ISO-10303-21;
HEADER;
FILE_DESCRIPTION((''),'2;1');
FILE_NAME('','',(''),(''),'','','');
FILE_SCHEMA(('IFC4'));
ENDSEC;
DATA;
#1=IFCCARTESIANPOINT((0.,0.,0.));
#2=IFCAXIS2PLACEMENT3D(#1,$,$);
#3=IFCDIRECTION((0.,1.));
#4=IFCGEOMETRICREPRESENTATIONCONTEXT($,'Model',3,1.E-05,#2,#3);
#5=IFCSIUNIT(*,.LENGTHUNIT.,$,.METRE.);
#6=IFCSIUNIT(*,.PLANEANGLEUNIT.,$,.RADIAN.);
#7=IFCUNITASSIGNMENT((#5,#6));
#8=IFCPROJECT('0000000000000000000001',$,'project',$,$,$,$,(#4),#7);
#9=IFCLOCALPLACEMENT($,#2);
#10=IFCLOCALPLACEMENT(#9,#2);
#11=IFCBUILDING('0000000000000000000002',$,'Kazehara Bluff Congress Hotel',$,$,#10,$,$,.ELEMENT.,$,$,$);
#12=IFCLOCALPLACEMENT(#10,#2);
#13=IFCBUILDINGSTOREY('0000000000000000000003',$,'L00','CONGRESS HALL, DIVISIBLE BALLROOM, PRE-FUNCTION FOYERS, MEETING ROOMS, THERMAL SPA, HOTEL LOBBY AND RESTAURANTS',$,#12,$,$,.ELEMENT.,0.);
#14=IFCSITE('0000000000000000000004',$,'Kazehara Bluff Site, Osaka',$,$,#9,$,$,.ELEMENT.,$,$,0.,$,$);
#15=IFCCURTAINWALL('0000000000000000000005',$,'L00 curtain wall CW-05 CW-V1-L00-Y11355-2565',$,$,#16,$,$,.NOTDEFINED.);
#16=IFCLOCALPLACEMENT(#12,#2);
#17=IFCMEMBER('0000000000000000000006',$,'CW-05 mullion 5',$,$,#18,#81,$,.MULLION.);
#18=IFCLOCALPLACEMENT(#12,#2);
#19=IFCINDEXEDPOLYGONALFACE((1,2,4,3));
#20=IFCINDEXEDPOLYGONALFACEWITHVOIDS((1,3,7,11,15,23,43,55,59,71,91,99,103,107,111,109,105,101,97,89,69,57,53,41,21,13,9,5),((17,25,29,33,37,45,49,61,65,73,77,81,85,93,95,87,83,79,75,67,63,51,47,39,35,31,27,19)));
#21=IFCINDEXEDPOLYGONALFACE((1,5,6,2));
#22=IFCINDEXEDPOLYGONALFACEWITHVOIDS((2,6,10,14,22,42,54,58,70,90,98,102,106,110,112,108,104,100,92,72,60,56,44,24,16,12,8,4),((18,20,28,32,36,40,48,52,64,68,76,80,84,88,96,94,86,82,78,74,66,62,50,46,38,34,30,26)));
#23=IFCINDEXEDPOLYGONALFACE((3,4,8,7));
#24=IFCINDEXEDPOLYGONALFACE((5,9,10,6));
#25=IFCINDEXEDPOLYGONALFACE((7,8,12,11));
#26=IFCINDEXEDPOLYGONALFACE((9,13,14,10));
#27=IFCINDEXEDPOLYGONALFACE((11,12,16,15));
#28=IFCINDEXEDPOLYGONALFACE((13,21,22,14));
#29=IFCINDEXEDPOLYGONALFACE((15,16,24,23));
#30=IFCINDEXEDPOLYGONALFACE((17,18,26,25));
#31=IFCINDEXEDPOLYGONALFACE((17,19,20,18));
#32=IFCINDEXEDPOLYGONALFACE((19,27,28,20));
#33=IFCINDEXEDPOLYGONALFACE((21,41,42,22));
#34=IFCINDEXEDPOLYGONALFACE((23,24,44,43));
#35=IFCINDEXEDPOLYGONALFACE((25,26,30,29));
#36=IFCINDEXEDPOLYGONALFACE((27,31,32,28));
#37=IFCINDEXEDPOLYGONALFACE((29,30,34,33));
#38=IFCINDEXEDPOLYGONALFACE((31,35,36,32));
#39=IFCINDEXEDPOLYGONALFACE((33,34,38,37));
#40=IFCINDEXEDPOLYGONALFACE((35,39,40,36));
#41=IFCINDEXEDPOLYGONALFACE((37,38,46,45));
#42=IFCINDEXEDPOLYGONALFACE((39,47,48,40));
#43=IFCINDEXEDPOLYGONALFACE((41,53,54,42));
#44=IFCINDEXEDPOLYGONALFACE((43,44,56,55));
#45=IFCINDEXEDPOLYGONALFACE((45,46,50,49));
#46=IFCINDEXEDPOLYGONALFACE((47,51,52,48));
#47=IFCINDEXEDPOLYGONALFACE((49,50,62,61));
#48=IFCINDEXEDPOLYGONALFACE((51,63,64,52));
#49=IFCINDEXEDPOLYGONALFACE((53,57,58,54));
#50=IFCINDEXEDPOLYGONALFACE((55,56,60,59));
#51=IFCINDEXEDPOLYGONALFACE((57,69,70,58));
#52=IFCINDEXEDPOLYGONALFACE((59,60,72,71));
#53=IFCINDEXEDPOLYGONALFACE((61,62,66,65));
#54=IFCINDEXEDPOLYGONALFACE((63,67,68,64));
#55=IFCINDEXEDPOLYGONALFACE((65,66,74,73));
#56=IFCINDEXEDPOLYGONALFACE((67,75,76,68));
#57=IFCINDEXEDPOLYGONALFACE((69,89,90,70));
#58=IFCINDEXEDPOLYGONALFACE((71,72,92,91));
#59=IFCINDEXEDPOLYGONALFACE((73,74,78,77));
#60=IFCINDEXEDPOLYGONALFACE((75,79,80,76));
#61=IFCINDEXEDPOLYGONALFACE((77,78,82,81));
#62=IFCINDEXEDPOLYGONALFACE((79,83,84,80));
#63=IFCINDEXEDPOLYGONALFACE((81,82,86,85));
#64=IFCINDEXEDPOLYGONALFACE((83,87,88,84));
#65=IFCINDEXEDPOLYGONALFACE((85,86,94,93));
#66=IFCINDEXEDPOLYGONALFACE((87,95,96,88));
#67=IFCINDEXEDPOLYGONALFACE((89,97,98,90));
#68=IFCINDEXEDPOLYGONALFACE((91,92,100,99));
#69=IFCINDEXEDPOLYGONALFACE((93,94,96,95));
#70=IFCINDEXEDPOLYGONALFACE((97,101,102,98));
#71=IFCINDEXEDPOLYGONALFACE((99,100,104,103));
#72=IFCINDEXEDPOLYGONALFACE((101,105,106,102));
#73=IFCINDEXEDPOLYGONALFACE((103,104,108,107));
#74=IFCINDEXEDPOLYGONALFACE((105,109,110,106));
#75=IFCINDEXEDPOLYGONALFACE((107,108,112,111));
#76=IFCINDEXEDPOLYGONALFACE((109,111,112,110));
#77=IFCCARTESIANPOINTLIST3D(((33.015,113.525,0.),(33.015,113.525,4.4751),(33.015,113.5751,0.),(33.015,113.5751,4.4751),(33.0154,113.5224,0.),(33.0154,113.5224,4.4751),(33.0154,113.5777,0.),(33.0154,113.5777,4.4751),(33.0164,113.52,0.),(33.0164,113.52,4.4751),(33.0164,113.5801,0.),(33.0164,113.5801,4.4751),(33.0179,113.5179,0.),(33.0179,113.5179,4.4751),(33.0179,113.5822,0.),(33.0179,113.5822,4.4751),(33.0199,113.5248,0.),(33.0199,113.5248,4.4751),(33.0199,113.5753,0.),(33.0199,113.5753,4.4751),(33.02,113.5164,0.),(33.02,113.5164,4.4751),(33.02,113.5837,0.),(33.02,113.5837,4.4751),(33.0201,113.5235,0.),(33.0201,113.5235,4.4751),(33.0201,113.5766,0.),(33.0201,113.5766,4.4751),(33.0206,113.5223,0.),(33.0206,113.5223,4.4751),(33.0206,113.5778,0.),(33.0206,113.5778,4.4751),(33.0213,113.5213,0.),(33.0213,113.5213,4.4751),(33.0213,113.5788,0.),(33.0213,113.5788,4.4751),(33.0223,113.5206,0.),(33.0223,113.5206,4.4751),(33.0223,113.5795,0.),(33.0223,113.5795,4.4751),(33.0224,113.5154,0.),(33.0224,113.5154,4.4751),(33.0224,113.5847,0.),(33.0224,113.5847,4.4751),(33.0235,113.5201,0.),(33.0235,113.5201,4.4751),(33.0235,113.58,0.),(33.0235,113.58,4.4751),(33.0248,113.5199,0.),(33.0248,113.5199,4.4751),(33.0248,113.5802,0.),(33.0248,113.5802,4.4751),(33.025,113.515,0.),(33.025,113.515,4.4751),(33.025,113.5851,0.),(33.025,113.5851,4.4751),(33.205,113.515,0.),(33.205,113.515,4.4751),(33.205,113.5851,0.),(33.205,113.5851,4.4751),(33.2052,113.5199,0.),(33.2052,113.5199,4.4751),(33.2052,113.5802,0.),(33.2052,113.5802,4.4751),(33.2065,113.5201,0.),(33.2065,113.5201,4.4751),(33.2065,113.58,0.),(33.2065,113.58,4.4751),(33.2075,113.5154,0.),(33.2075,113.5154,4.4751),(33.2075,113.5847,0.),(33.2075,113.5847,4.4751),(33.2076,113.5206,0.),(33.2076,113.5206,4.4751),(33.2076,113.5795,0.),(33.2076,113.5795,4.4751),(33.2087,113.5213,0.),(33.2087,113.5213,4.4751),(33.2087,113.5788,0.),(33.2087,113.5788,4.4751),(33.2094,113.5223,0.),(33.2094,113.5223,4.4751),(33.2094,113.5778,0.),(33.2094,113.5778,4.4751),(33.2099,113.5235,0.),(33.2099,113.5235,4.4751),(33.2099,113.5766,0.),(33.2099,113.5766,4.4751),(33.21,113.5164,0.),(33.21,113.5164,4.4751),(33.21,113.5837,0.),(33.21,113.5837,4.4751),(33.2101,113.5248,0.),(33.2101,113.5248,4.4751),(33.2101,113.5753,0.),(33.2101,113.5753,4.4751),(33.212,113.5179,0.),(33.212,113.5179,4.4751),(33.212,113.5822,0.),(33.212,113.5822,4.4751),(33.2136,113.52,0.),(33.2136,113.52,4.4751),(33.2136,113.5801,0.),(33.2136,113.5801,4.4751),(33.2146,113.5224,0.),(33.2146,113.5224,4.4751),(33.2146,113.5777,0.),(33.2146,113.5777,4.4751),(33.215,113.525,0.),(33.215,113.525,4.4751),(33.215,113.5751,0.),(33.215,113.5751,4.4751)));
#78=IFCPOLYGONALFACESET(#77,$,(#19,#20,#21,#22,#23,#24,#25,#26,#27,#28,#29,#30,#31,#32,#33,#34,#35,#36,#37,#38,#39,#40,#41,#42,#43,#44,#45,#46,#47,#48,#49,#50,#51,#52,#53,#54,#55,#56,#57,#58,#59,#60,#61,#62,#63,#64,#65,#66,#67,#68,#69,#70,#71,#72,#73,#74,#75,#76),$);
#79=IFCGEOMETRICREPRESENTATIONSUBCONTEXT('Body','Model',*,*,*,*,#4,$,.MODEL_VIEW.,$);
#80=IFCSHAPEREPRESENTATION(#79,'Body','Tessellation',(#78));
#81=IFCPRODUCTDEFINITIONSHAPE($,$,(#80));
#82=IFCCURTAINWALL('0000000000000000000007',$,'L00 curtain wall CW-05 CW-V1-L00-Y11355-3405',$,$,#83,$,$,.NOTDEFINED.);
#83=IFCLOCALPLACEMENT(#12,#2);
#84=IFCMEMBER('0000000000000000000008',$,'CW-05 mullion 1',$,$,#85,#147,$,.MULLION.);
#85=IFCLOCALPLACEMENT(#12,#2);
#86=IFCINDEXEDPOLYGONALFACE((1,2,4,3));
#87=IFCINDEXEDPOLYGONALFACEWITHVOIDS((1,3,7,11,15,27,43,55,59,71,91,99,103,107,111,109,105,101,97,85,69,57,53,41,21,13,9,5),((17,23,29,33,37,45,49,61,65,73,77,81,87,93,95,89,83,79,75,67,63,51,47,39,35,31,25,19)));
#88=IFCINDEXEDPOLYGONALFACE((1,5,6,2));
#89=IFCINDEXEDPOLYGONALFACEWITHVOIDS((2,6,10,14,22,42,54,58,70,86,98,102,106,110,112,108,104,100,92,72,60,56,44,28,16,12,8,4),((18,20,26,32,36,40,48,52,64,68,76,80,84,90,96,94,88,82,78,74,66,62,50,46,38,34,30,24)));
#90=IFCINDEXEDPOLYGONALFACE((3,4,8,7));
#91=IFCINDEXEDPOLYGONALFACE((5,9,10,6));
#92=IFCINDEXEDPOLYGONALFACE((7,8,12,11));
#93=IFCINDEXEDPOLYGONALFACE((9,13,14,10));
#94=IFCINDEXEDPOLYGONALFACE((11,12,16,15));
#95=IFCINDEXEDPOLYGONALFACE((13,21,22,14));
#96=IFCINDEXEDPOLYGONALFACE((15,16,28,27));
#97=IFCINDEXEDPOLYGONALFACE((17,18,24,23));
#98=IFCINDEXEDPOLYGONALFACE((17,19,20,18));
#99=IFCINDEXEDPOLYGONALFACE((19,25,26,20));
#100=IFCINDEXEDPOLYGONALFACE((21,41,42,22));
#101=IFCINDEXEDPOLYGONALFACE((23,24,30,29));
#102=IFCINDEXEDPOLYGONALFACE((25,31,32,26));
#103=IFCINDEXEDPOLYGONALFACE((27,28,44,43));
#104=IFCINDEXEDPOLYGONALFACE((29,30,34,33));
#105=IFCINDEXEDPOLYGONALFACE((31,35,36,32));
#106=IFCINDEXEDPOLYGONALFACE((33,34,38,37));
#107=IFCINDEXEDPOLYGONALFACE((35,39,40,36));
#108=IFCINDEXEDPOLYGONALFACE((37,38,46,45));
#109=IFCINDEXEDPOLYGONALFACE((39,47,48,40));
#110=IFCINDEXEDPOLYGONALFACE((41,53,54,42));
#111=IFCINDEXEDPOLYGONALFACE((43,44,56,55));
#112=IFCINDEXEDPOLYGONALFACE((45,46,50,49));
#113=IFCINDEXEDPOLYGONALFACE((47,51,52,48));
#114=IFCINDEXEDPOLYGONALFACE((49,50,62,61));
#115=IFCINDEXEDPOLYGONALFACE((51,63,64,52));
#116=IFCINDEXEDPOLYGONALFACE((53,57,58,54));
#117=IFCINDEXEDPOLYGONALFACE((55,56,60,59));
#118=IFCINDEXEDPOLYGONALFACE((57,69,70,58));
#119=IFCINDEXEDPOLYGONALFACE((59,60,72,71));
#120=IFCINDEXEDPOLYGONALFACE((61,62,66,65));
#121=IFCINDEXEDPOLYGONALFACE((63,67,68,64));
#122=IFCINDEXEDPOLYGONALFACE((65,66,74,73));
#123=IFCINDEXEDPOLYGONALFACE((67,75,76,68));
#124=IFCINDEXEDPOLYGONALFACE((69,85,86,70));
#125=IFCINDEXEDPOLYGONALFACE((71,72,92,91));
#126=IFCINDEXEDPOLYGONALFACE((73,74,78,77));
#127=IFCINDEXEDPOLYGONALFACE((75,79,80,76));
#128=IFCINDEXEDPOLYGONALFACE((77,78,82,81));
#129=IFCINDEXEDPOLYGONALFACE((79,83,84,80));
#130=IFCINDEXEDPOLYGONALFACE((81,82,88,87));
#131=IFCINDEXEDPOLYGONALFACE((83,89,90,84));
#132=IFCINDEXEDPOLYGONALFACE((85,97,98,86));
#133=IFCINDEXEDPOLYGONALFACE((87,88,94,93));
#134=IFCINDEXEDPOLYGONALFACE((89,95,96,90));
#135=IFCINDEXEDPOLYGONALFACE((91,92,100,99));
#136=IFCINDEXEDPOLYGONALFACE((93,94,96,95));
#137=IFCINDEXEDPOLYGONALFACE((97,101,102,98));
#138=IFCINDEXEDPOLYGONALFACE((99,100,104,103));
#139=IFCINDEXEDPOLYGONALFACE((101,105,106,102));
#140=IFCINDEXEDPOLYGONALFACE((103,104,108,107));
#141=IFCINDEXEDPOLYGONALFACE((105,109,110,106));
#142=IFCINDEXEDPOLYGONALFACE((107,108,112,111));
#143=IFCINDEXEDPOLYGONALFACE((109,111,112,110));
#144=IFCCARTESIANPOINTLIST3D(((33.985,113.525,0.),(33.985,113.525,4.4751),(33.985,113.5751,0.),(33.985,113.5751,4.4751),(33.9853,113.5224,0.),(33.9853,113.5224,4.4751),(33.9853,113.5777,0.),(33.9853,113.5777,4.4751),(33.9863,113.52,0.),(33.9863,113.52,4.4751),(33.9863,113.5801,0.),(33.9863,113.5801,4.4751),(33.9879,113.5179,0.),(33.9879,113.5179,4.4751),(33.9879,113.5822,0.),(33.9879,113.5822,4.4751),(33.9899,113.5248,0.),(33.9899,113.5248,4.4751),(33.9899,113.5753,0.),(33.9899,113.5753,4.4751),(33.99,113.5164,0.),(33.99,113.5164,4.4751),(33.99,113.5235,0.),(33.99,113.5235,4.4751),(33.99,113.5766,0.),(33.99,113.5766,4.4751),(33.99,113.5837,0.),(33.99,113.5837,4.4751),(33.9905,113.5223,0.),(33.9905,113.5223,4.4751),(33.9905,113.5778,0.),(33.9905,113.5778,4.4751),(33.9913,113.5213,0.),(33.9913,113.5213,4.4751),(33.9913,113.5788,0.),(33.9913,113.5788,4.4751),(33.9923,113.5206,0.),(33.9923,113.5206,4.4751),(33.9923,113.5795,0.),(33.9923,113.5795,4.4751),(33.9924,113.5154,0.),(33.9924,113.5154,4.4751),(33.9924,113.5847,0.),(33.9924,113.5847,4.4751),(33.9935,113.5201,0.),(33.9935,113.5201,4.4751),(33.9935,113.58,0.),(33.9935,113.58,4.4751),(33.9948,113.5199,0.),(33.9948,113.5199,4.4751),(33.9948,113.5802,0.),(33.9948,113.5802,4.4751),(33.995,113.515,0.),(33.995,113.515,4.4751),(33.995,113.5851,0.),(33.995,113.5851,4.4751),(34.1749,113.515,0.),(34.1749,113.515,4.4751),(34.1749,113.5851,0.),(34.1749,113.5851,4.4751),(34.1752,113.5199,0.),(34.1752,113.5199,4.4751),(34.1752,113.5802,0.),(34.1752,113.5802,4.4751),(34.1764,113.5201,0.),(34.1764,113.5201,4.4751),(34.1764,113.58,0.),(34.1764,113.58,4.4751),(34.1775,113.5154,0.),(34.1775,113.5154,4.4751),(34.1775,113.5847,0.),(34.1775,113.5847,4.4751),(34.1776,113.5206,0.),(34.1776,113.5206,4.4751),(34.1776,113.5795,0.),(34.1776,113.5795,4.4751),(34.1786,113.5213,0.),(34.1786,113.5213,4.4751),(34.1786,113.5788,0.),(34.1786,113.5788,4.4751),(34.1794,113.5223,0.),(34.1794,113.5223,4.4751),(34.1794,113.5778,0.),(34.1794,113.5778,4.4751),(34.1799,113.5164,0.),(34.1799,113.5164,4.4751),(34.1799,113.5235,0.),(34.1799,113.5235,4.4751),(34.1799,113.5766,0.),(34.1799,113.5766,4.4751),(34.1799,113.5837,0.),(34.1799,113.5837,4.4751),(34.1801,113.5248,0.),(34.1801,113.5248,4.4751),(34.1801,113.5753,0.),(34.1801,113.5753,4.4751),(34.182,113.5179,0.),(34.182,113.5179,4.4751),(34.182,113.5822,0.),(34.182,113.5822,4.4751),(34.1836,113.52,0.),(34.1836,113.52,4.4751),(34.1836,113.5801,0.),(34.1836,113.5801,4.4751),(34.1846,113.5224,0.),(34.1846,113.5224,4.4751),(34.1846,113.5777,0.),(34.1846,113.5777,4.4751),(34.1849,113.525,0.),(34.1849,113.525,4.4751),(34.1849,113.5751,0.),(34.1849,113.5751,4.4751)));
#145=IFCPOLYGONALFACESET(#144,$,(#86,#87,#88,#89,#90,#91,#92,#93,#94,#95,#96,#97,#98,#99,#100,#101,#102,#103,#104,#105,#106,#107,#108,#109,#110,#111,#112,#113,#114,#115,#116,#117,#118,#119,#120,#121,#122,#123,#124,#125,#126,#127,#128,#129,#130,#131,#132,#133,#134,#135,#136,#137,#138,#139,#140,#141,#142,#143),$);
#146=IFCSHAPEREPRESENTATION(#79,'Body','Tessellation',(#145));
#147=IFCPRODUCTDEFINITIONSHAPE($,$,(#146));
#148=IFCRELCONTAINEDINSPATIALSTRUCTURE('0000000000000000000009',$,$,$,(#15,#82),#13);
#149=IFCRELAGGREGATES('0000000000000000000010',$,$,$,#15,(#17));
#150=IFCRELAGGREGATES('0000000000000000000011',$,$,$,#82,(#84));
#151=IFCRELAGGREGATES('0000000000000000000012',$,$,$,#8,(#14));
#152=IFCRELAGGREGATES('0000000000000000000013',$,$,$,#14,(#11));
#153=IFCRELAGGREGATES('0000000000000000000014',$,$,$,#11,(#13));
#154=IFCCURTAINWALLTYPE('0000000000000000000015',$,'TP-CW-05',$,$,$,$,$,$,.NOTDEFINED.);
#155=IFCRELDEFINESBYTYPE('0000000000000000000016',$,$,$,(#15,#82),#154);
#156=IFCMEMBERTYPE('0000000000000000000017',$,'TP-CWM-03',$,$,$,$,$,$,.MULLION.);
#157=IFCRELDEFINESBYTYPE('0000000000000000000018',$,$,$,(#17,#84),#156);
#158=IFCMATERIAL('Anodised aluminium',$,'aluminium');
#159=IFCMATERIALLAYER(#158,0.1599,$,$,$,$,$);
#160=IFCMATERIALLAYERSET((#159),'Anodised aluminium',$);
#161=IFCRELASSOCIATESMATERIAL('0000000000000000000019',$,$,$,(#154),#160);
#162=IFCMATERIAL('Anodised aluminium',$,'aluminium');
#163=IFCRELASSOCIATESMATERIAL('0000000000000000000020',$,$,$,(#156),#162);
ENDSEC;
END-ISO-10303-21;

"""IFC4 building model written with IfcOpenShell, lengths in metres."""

from ifc_helpers import new_model, si_unit, direction, frame, origin, origin_2d, place, context, subcontext, project, spatial, hollow_rectangle, extrude, material, layer, layer_set, material_profile, profile_set, type_object, element, aggregate, save


model = new_model("IFC4")

# Units and contexts
model_context = context("Model", 3, precision=1e-05, world=origin(), true_north=direction((0.0, 1.0)))
body_context = subcontext(model_context, "Body", "Model", "MODEL_VIEW")
ifc_project = project(units=[si_unit("LENGTHUNIT", "METRE"), si_unit("PLANEANGLEUNIT", "RADIAN")], contexts=[model_context])

# Site, building, storey
site_placement = place(None, origin())
site = spatial("IfcSite", under=ifc_project, at=site_placement, Name="Kazehara Bluff Site, Osaka", CompositionType="ELEMENT", RefElevation=0.0)
building_placement = place(site_placement, origin())
building = spatial("IfcBuilding", under=site, at=building_placement, Name="Kazehara Bluff Congress Hotel", CompositionType="ELEMENT")
storey_placement = place(building_placement, origin())
storey = spatial("IfcBuildingStorey", under=building, at=storey_placement, Name="L00", Description="CONGRESS HALL, DIVISIBLE BALLROOM, PRE-FUNCTION FOYERS, MEETING ROOMS, THERMAL SPA, HOTEL LOBBY AND RESTAURANTS", CompositionType="ELEMENT", Elevation=0.0)

# Curtain walls, members
ifc_material_1 = material(Name="Anodised aluminium", Category="aluminium")
ifc_layer_1 = layer(ifc_material_1, 0.1599)
ifc_layer_set_1 = layer_set([ifc_layer_1], Name="Anodised aluminium")
curtain_wall_type = type_object("IfcCurtainWallType", Name="TP-CW-05", PredefinedType="NOTDEFINED", material=ifc_layer_set_1)
curtain_wall_1_placement = place(storey_placement, origin())
curtain_wall_1 = element("IfcCurtainWall", 1, at=curtain_wall_1_placement, inside=storey, type_object=curtain_wall_type, Name="L00 curtain wall CW-05 CW-V1-L00-Y11355-2565", PredefinedType="NOTDEFINED")
ifc_material_2 = material(Name="Anodised aluminium", Category="aluminium")
ifc_material_profile_1 = material_profile(ifc_material_2, hollow_rectangle(XDim=0.0701, YDim=0.2, WallThickness=0.0049, InnerFilletRadius=0.0049, OuterFilletRadius=0.01, at=origin_2d()))
ifc_profile_set_1 = profile_set([ifc_material_profile_1], Name="Anodised aluminium")
member_type_1 = type_object("IfcMemberType", Name="TP-CWM-03", PredefinedType="MULLION", material=ifc_profile_set_1)
member_1_placement = place(storey_placement, frame((33.115, 113.55, 0.0), z_axis=(0.0, 0.0, 1.0), x_axis=(0.0, 1.0, 0.0)))
member_1 = element("IfcMember", 2, at=member_1_placement, type_object=member_type_1, Name="CW-05 mullion 5", PredefinedType="MULLION", context=body_context, shape_type="SweptSolid", body=[
    extrude(hollow_rectangle(XDim=0.0701, YDim=0.2, WallThickness=0.0049, InnerFilletRadius=0.0049, OuterFilletRadius=0.01, at=origin_2d()), origin(), (0.0, 0.0, 1.0), 4.4751),
])
curtain_wall_2_placement = place(storey_placement, origin())
curtain_wall_2 = element("IfcCurtainWall", 3, at=curtain_wall_2_placement, inside=storey, type_object=curtain_wall_type, Name="L00 curtain wall CW-05 CW-V1-L00-Y11355-3405", PredefinedType="NOTDEFINED")
member_2_placement = place(storey_placement, frame((34.085, 113.55, 0.0), z_axis=(0.0, 0.0, 1.0), x_axis=(0.0, 1.0, 0.0)))
member_2 = element("IfcMember", 4, at=member_2_placement, type_object=member_type_1, Name="CW-05 mullion 1", PredefinedType="MULLION", context=body_context, shape_type="SweptSolid", body=[
    extrude(hollow_rectangle(XDim=0.0701, YDim=0.2, WallThickness=0.0049, InnerFilletRadius=0.0049, OuterFilletRadius=0.01, at=origin_2d()), origin(), (0.0, 0.0, 1.0), 4.4751),
])

aggregate(curtain_wall_1, [member_1])
aggregate(curtain_wall_2, [member_2])

save(model, "model.ifc")
